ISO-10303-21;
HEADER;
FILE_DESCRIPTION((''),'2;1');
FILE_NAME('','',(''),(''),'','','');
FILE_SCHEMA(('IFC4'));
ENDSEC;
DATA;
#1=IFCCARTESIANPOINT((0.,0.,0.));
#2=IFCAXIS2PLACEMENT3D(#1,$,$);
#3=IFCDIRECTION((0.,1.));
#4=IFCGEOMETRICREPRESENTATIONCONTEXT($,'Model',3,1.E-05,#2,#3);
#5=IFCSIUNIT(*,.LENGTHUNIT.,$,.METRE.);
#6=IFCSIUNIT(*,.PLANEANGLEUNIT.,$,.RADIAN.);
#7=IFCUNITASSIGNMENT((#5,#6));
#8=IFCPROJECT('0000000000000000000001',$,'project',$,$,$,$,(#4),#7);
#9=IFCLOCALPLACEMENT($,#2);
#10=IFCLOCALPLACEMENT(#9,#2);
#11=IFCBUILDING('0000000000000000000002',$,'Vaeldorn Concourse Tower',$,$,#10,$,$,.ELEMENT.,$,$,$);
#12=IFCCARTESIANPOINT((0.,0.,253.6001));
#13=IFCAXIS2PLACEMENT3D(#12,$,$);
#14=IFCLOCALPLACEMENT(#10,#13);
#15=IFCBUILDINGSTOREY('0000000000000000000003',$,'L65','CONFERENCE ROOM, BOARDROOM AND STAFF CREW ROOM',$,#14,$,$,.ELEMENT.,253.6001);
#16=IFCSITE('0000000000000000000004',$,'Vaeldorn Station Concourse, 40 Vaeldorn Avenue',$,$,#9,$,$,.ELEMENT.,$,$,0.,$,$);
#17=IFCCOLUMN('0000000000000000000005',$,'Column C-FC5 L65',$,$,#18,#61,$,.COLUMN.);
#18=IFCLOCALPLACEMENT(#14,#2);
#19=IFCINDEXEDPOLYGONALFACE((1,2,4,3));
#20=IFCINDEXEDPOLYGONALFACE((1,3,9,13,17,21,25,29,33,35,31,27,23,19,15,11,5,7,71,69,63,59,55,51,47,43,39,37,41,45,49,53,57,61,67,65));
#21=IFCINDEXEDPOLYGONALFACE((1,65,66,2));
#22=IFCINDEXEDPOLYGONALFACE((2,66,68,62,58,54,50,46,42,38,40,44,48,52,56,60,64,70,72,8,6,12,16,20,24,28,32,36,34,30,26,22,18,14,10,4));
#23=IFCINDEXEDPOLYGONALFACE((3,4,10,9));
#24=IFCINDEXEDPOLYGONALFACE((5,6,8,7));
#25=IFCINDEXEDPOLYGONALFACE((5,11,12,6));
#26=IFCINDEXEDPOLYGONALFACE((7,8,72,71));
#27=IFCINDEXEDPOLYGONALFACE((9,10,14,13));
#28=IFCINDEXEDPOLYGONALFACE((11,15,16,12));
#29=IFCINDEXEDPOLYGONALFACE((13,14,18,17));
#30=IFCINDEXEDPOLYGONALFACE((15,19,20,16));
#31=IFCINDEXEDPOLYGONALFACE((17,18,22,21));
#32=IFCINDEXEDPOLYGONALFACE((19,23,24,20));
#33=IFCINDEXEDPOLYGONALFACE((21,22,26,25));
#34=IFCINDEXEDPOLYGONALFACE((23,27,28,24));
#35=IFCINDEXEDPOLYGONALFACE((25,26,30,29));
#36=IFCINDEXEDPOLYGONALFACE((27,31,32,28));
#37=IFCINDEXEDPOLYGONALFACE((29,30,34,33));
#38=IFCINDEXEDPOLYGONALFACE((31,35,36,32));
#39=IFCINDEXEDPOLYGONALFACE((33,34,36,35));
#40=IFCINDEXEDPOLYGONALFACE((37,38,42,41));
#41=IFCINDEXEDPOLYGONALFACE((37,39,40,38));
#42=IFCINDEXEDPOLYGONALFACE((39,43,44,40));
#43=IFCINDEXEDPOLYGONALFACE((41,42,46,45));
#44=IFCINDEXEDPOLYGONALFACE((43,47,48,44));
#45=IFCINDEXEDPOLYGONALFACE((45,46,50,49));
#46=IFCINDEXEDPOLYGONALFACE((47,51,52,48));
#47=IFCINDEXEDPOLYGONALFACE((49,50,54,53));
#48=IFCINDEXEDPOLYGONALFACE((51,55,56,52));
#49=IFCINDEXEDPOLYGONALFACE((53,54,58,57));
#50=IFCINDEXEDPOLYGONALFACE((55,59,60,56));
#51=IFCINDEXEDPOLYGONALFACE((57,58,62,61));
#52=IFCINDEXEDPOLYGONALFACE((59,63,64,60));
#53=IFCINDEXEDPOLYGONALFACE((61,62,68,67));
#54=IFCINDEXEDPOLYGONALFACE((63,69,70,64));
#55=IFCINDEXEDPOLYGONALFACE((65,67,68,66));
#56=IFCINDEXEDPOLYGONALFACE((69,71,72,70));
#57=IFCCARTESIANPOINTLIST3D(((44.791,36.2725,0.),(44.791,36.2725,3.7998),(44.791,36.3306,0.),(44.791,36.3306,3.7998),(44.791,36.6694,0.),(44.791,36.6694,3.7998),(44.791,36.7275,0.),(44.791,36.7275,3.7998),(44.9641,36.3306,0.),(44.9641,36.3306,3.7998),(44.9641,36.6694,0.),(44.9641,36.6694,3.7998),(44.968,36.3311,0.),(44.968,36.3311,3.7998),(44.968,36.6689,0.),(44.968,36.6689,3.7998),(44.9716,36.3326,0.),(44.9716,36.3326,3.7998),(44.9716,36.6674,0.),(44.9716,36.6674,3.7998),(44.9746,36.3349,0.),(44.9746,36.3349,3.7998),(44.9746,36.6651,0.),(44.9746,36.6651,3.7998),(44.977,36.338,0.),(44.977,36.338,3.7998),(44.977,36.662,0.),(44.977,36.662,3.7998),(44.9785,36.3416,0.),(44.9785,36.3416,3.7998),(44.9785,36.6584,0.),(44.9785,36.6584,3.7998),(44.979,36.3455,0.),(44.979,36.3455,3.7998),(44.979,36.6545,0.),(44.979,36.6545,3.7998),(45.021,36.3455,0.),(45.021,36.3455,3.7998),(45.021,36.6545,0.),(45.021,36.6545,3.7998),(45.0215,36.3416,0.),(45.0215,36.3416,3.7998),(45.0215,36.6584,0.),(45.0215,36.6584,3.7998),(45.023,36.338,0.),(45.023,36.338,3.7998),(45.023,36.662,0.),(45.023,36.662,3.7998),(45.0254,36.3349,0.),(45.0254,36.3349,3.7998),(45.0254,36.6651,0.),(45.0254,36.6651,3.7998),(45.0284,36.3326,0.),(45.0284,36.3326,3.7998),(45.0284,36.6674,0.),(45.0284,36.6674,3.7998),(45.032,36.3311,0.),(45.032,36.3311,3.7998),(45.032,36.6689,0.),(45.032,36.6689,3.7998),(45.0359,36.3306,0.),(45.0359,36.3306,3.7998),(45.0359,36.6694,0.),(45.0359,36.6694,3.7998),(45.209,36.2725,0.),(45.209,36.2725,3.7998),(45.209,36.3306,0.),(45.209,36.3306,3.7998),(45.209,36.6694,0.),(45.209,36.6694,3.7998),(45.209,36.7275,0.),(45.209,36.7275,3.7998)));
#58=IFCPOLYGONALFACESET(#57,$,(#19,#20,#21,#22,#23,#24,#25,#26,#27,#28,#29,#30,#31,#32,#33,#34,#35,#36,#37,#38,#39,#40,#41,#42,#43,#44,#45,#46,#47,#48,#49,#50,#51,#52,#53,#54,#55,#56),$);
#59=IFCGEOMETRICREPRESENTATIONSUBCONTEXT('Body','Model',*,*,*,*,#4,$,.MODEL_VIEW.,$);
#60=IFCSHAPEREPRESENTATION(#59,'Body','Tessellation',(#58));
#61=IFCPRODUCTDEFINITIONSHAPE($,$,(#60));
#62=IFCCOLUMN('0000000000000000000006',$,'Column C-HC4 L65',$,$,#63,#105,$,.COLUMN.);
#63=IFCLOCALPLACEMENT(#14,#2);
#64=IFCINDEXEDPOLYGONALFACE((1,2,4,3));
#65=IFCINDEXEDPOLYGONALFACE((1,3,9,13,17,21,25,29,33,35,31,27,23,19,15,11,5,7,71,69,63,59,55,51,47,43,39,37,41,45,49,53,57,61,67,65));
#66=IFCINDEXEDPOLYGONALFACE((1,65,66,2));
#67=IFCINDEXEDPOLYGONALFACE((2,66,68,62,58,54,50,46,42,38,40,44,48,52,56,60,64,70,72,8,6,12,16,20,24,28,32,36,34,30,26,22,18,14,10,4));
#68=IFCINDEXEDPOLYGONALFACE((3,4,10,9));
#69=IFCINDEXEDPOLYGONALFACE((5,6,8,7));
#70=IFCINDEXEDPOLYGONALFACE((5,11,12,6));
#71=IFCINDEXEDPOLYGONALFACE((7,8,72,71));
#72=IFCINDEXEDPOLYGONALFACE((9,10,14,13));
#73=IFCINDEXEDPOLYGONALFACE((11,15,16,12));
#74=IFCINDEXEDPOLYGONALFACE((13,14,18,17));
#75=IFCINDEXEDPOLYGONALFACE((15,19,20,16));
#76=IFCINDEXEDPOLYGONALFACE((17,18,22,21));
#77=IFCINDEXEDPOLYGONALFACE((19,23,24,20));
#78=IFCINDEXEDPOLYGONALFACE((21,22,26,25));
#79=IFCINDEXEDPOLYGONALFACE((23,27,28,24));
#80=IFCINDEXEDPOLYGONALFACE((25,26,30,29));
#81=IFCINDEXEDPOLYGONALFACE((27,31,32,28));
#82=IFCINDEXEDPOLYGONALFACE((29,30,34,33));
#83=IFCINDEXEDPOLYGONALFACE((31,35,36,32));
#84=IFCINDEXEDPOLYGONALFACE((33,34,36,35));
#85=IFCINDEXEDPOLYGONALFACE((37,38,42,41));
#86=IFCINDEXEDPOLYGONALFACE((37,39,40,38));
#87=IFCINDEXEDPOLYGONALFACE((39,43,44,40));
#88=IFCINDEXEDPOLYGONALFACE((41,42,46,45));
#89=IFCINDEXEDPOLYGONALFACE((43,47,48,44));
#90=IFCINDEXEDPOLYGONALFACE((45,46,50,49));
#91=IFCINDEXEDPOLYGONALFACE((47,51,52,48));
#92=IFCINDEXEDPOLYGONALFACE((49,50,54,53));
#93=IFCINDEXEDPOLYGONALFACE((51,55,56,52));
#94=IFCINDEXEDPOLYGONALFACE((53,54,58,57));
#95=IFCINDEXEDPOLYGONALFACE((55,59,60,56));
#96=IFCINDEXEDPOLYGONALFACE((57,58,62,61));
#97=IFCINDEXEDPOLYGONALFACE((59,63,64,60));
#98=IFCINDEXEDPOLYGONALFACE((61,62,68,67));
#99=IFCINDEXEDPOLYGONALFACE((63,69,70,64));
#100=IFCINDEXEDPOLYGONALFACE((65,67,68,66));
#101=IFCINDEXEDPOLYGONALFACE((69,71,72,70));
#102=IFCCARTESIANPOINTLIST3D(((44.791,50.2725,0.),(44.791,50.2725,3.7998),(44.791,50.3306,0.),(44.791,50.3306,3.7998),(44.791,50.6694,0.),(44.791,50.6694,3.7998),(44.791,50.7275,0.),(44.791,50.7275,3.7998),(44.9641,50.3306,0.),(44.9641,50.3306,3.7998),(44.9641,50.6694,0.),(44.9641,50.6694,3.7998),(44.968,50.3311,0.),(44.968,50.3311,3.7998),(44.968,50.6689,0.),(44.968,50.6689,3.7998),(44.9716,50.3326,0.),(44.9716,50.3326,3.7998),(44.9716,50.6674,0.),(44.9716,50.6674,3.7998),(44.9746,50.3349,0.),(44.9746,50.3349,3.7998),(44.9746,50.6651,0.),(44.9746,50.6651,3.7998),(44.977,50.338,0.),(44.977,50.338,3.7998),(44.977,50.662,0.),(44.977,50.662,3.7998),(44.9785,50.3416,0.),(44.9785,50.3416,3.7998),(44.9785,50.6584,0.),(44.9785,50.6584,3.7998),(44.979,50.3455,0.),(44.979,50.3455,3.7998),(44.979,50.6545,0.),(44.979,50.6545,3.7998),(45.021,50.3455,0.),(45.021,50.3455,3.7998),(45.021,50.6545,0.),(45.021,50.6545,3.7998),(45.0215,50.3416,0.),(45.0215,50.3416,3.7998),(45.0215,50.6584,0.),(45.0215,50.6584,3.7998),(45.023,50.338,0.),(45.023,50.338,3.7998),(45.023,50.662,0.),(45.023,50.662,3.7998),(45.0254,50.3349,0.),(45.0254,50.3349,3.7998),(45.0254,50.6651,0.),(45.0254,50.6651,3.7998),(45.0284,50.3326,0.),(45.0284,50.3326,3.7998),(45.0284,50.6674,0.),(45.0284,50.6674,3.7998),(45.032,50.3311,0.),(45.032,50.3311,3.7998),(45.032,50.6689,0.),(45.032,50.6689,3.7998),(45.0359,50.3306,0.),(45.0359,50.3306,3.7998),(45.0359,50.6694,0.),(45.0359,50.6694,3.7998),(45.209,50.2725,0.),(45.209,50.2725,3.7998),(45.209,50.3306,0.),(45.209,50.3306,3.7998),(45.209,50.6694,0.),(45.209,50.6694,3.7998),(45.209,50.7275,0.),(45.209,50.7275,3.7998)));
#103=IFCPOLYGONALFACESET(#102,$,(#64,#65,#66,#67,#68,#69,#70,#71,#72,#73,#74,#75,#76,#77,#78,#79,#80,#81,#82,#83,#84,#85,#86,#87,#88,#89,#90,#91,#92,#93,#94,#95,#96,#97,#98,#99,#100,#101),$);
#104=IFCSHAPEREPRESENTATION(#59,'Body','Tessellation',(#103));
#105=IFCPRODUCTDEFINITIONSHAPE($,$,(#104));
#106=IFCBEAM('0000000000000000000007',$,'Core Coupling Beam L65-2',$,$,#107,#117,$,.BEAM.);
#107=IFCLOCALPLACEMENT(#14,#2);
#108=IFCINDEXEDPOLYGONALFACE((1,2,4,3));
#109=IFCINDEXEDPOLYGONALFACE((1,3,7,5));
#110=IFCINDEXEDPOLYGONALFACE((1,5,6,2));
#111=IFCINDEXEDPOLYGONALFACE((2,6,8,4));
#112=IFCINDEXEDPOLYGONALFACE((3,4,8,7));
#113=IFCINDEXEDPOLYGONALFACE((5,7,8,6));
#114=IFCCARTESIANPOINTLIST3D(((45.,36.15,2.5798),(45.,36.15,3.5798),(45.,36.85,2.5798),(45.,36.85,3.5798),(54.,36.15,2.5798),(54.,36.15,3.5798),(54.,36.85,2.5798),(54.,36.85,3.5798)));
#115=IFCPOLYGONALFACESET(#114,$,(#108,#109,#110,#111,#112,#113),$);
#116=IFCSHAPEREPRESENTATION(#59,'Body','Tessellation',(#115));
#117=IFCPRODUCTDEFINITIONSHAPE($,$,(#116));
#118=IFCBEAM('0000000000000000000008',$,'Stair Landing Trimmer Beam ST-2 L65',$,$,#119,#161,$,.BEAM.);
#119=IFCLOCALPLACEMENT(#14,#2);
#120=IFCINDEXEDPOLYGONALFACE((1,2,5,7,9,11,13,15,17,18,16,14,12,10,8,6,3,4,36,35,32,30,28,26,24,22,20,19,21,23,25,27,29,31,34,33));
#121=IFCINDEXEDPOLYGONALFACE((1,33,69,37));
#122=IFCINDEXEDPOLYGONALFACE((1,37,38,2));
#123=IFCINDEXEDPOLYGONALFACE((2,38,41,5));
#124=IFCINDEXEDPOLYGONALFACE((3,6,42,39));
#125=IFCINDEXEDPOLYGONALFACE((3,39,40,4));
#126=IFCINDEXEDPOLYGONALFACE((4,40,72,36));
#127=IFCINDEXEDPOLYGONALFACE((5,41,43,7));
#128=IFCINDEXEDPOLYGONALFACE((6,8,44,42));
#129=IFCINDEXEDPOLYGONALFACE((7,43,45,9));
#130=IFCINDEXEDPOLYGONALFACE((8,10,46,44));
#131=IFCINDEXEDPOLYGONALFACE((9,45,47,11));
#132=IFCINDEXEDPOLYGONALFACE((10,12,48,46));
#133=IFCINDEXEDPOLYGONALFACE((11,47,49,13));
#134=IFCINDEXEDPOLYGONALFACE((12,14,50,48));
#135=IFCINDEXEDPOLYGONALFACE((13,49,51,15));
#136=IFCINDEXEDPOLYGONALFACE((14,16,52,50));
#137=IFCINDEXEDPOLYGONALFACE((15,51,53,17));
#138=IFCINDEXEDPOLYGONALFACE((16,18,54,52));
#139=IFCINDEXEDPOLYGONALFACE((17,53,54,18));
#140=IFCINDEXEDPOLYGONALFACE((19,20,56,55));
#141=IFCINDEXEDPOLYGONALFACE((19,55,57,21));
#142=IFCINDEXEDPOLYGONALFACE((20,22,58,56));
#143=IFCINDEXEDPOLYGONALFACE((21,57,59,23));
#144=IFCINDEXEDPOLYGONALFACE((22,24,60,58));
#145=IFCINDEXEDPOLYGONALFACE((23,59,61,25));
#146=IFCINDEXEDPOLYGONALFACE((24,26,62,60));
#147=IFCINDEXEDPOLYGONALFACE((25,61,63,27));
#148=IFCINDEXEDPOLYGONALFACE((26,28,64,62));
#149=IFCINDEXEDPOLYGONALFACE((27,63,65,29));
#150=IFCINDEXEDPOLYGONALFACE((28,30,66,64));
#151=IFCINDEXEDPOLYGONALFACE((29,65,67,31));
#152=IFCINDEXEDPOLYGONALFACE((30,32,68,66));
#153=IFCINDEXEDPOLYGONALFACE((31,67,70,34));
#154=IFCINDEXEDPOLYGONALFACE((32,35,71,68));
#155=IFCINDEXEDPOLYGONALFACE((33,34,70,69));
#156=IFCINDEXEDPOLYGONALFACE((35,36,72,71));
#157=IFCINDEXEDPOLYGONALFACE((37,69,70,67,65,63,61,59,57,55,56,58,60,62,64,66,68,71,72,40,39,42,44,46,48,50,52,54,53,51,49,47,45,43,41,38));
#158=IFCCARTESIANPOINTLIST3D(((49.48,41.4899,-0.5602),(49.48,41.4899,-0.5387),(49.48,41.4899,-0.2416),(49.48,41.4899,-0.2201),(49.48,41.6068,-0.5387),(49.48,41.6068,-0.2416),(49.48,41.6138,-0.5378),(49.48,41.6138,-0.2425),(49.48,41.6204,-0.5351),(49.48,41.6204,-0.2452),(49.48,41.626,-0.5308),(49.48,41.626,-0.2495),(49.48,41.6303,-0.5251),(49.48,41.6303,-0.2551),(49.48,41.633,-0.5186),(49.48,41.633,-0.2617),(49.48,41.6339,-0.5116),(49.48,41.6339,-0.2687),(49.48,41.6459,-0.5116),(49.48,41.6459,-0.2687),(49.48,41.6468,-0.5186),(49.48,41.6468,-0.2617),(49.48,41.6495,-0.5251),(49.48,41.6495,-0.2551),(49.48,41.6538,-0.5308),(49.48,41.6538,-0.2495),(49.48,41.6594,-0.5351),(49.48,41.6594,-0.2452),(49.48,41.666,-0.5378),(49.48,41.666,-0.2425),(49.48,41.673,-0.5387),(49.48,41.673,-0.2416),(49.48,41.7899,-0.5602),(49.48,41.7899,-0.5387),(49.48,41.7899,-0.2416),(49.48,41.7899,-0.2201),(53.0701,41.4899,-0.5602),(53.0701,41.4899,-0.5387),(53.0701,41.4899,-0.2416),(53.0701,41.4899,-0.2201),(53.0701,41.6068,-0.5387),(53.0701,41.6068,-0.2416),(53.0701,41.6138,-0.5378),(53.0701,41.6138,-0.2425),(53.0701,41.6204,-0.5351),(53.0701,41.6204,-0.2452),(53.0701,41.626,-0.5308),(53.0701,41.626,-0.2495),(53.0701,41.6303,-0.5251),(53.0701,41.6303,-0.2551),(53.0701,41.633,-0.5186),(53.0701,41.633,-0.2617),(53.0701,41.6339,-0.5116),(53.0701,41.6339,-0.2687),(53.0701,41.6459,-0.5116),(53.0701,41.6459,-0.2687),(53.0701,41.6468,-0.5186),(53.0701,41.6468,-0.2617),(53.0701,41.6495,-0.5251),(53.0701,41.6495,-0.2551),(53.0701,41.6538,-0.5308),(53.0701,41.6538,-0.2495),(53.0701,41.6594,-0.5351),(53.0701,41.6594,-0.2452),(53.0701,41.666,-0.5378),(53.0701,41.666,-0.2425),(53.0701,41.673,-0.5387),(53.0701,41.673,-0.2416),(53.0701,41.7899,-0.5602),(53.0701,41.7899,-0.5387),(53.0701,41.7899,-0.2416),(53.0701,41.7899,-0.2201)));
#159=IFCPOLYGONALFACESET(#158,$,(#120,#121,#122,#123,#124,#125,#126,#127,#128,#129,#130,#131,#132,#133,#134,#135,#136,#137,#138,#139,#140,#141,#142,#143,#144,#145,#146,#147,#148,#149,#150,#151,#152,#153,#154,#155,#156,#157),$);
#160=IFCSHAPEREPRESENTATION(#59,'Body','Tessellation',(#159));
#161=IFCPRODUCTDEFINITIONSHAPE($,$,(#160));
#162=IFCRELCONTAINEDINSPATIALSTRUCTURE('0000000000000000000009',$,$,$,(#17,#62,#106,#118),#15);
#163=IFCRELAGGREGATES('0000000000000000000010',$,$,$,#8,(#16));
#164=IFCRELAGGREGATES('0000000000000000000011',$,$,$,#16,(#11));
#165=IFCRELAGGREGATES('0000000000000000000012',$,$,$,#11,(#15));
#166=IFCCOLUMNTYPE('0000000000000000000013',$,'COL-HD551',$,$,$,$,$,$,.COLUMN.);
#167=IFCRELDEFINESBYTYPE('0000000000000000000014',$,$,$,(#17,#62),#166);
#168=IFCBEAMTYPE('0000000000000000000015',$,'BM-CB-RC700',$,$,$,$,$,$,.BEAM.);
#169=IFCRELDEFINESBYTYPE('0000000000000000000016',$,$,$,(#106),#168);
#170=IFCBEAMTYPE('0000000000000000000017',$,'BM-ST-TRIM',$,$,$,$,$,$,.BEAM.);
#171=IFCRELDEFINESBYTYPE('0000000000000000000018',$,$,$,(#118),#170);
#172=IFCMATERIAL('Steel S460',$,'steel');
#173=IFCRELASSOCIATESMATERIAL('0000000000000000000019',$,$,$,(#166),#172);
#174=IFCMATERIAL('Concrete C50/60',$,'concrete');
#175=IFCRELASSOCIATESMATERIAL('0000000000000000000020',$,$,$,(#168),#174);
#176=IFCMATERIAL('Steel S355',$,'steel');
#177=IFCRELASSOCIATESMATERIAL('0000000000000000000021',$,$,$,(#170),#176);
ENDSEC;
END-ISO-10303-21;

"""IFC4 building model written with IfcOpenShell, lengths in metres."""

from ifc_helpers import new_model, si_unit, direction, frame, origin, origin_2d, place, context, subcontext, project, spatial, rectangle, i_section, extrude, source, transform, mapped, material, material_profile, profile_set, type_object, element, save


model = new_model("IFC4")

# Units and contexts
model_context = context("Model", 3, precision=1e-05, world=origin(), true_north=direction((0.0, 1.0)))
body_context = subcontext(model_context, "Body", "Model", "MODEL_VIEW")
ifc_project = project(units=[si_unit("LENGTHUNIT", "METRE"), si_unit("PLANEANGLEUNIT", "RADIAN")], contexts=[model_context])

# Site, building, storey
site_placement = place(None, origin())
site = spatial("IfcSite", under=ifc_project, at=site_placement, Name="Vaeldorn Station Concourse, 40 Vaeldorn Avenue", CompositionType="ELEMENT", RefElevation=0.0)
building_placement = place(site_placement, origin())
building = spatial("IfcBuilding", under=site, at=building_placement, Name="Vaeldorn Concourse Tower", CompositionType="ELEMENT")
storey_placement = place(building_placement, frame((0.0, 0.0, 253.6001)))
storey = spatial("IfcBuildingStorey", under=building, at=storey_placement, Name="L65", Description="CONFERENCE ROOM, BOARDROOM AND STAFF CREW ROOM", CompositionType="ELEMENT", Elevation=253.6001)

# Columns
ifc_material_1 = material(Name="Steel S460", Category="steel")
ifc_material_profile_1 = material_profile(ifc_material_1, i_section(OverallWidth=0.418, OverallDepth=0.4551, WebThickness=0.042, FlangeThickness=0.0581, FilletRadius=0.0149, at=origin_2d()), Name="HD 400x551")
ifc_profile_set_1 = profile_set([ifc_material_profile_1], Name="Steel S460")
column_type = type_object("IfcColumnType", Name="COL-HD551", PredefinedType="COLUMN", material=ifc_profile_set_1)
shared_shape_1 = source(origin(), body_context, "Body", "SweptSolid", [
    extrude(i_section(OverallWidth=0.418, OverallDepth=0.4551, WebThickness=0.042, FlangeThickness=0.0581, FilletRadius=0.0149, at=origin_2d()), origin(), (0.0, 0.0, 1.0), 3.7998),
])
for number, where, z_axis, x_axis, name in (
    (1, (45.0, 36.5, 0.0), (0.0, 0.0, 1.0), (1.0, 0.0, 0.0), "Column C-FC5 L65"),
    (2, (45.0, 50.5, 0.0), (0.0, 0.0, 1.0), (1.0, 0.0, 0.0), "Column C-HC4 L65"),
):
    element("IfcColumn", number, at=place(storey_placement, frame(where, z_axis=z_axis, x_axis=x_axis)), inside=storey, type_object=column_type, Name=name, PredefinedType="COLUMN", context=body_context, shape_type="MappedRepresentation", body=[
        mapped(shared_shape_1, transform((0.0, 0.0, 0.0), scale=1.0)),
    ])

# Beams
ifc_material_2 = material(Name="Concrete C50/60", Category="concrete")
ifc_material_profile_2 = material_profile(ifc_material_2, rectangle(XDim=0.7, YDim=1.0, at=origin_2d()), Name="RC 700x1000")
ifc_profile_set_2 = profile_set([ifc_material_profile_2], Name="Concrete C50/60")
beam_type_1 = type_object("IfcBeamType", Name="BM-CB-RC700", PredefinedType="BEAM", material=ifc_profile_set_2)
shared_shape_2 = source(origin(), body_context, "Body", "SweptSolid", [
    extrude(rectangle(XDim=0.7, YDim=1.0, at=origin_2d()), origin(), (0.0, 0.0, 1.0), 9.0),
])
beam_1_placement = place(storey_placement, frame((45.0, 36.5, 3.0798), z_axis=(1.0, 0.0, 0.0), x_axis=(0.0, 1.0, 0.0)))
element("IfcBeam", 3, at=beam_1_placement, inside=storey, type_object=beam_type_1, Name="Core Coupling Beam L65-2", PredefinedType="BEAM", context=body_context, shape_type="MappedRepresentation", body=[
    mapped(shared_shape_2, transform((0.0, 0.0, 0.0), scale=1.0)),
])
ifc_material_3 = material(Name="Steel S355", Category="steel")
ifc_material_profile_3 = material_profile(ifc_material_3, i_section(OverallWidth=0.3, OverallDepth=0.3401, WebThickness=0.012, FlangeThickness=0.0215, FilletRadius=0.0271, at=origin_2d()), Name="HEB 340")
ifc_profile_set_3 = profile_set([ifc_material_profile_3], Name="Steel S355")
beam_type_2 = type_object("IfcBeamType", Name="BM-ST-TRIM", PredefinedType="BEAM", material=ifc_profile_set_3)
shared_shape_3 = source(origin(), body_context, "Body", "SweptSolid", [
    extrude(i_section(OverallWidth=0.3, OverallDepth=0.3401, WebThickness=0.012, FlangeThickness=0.0215, FilletRadius=0.0271, at=origin_2d()), origin(), (0.0, 0.0, 1.0), 3.5901),
])
beam_2_placement = place(storey_placement, frame((49.48, 41.6399, -0.3901), z_axis=(1.0, 0.0, 0.0), x_axis=(0.0, 1.0, 0.0)))
element("IfcBeam", 4, at=beam_2_placement, inside=storey, type_object=beam_type_2, Name="Stair Landing Trimmer Beam ST-2 L65", PredefinedType="BEAM", context=body_context, shape_type="MappedRepresentation", body=[
    mapped(shared_shape_3, transform((0.0, 0.0, 0.0), scale=1.0)),
])

save(model, "model.ifc")
